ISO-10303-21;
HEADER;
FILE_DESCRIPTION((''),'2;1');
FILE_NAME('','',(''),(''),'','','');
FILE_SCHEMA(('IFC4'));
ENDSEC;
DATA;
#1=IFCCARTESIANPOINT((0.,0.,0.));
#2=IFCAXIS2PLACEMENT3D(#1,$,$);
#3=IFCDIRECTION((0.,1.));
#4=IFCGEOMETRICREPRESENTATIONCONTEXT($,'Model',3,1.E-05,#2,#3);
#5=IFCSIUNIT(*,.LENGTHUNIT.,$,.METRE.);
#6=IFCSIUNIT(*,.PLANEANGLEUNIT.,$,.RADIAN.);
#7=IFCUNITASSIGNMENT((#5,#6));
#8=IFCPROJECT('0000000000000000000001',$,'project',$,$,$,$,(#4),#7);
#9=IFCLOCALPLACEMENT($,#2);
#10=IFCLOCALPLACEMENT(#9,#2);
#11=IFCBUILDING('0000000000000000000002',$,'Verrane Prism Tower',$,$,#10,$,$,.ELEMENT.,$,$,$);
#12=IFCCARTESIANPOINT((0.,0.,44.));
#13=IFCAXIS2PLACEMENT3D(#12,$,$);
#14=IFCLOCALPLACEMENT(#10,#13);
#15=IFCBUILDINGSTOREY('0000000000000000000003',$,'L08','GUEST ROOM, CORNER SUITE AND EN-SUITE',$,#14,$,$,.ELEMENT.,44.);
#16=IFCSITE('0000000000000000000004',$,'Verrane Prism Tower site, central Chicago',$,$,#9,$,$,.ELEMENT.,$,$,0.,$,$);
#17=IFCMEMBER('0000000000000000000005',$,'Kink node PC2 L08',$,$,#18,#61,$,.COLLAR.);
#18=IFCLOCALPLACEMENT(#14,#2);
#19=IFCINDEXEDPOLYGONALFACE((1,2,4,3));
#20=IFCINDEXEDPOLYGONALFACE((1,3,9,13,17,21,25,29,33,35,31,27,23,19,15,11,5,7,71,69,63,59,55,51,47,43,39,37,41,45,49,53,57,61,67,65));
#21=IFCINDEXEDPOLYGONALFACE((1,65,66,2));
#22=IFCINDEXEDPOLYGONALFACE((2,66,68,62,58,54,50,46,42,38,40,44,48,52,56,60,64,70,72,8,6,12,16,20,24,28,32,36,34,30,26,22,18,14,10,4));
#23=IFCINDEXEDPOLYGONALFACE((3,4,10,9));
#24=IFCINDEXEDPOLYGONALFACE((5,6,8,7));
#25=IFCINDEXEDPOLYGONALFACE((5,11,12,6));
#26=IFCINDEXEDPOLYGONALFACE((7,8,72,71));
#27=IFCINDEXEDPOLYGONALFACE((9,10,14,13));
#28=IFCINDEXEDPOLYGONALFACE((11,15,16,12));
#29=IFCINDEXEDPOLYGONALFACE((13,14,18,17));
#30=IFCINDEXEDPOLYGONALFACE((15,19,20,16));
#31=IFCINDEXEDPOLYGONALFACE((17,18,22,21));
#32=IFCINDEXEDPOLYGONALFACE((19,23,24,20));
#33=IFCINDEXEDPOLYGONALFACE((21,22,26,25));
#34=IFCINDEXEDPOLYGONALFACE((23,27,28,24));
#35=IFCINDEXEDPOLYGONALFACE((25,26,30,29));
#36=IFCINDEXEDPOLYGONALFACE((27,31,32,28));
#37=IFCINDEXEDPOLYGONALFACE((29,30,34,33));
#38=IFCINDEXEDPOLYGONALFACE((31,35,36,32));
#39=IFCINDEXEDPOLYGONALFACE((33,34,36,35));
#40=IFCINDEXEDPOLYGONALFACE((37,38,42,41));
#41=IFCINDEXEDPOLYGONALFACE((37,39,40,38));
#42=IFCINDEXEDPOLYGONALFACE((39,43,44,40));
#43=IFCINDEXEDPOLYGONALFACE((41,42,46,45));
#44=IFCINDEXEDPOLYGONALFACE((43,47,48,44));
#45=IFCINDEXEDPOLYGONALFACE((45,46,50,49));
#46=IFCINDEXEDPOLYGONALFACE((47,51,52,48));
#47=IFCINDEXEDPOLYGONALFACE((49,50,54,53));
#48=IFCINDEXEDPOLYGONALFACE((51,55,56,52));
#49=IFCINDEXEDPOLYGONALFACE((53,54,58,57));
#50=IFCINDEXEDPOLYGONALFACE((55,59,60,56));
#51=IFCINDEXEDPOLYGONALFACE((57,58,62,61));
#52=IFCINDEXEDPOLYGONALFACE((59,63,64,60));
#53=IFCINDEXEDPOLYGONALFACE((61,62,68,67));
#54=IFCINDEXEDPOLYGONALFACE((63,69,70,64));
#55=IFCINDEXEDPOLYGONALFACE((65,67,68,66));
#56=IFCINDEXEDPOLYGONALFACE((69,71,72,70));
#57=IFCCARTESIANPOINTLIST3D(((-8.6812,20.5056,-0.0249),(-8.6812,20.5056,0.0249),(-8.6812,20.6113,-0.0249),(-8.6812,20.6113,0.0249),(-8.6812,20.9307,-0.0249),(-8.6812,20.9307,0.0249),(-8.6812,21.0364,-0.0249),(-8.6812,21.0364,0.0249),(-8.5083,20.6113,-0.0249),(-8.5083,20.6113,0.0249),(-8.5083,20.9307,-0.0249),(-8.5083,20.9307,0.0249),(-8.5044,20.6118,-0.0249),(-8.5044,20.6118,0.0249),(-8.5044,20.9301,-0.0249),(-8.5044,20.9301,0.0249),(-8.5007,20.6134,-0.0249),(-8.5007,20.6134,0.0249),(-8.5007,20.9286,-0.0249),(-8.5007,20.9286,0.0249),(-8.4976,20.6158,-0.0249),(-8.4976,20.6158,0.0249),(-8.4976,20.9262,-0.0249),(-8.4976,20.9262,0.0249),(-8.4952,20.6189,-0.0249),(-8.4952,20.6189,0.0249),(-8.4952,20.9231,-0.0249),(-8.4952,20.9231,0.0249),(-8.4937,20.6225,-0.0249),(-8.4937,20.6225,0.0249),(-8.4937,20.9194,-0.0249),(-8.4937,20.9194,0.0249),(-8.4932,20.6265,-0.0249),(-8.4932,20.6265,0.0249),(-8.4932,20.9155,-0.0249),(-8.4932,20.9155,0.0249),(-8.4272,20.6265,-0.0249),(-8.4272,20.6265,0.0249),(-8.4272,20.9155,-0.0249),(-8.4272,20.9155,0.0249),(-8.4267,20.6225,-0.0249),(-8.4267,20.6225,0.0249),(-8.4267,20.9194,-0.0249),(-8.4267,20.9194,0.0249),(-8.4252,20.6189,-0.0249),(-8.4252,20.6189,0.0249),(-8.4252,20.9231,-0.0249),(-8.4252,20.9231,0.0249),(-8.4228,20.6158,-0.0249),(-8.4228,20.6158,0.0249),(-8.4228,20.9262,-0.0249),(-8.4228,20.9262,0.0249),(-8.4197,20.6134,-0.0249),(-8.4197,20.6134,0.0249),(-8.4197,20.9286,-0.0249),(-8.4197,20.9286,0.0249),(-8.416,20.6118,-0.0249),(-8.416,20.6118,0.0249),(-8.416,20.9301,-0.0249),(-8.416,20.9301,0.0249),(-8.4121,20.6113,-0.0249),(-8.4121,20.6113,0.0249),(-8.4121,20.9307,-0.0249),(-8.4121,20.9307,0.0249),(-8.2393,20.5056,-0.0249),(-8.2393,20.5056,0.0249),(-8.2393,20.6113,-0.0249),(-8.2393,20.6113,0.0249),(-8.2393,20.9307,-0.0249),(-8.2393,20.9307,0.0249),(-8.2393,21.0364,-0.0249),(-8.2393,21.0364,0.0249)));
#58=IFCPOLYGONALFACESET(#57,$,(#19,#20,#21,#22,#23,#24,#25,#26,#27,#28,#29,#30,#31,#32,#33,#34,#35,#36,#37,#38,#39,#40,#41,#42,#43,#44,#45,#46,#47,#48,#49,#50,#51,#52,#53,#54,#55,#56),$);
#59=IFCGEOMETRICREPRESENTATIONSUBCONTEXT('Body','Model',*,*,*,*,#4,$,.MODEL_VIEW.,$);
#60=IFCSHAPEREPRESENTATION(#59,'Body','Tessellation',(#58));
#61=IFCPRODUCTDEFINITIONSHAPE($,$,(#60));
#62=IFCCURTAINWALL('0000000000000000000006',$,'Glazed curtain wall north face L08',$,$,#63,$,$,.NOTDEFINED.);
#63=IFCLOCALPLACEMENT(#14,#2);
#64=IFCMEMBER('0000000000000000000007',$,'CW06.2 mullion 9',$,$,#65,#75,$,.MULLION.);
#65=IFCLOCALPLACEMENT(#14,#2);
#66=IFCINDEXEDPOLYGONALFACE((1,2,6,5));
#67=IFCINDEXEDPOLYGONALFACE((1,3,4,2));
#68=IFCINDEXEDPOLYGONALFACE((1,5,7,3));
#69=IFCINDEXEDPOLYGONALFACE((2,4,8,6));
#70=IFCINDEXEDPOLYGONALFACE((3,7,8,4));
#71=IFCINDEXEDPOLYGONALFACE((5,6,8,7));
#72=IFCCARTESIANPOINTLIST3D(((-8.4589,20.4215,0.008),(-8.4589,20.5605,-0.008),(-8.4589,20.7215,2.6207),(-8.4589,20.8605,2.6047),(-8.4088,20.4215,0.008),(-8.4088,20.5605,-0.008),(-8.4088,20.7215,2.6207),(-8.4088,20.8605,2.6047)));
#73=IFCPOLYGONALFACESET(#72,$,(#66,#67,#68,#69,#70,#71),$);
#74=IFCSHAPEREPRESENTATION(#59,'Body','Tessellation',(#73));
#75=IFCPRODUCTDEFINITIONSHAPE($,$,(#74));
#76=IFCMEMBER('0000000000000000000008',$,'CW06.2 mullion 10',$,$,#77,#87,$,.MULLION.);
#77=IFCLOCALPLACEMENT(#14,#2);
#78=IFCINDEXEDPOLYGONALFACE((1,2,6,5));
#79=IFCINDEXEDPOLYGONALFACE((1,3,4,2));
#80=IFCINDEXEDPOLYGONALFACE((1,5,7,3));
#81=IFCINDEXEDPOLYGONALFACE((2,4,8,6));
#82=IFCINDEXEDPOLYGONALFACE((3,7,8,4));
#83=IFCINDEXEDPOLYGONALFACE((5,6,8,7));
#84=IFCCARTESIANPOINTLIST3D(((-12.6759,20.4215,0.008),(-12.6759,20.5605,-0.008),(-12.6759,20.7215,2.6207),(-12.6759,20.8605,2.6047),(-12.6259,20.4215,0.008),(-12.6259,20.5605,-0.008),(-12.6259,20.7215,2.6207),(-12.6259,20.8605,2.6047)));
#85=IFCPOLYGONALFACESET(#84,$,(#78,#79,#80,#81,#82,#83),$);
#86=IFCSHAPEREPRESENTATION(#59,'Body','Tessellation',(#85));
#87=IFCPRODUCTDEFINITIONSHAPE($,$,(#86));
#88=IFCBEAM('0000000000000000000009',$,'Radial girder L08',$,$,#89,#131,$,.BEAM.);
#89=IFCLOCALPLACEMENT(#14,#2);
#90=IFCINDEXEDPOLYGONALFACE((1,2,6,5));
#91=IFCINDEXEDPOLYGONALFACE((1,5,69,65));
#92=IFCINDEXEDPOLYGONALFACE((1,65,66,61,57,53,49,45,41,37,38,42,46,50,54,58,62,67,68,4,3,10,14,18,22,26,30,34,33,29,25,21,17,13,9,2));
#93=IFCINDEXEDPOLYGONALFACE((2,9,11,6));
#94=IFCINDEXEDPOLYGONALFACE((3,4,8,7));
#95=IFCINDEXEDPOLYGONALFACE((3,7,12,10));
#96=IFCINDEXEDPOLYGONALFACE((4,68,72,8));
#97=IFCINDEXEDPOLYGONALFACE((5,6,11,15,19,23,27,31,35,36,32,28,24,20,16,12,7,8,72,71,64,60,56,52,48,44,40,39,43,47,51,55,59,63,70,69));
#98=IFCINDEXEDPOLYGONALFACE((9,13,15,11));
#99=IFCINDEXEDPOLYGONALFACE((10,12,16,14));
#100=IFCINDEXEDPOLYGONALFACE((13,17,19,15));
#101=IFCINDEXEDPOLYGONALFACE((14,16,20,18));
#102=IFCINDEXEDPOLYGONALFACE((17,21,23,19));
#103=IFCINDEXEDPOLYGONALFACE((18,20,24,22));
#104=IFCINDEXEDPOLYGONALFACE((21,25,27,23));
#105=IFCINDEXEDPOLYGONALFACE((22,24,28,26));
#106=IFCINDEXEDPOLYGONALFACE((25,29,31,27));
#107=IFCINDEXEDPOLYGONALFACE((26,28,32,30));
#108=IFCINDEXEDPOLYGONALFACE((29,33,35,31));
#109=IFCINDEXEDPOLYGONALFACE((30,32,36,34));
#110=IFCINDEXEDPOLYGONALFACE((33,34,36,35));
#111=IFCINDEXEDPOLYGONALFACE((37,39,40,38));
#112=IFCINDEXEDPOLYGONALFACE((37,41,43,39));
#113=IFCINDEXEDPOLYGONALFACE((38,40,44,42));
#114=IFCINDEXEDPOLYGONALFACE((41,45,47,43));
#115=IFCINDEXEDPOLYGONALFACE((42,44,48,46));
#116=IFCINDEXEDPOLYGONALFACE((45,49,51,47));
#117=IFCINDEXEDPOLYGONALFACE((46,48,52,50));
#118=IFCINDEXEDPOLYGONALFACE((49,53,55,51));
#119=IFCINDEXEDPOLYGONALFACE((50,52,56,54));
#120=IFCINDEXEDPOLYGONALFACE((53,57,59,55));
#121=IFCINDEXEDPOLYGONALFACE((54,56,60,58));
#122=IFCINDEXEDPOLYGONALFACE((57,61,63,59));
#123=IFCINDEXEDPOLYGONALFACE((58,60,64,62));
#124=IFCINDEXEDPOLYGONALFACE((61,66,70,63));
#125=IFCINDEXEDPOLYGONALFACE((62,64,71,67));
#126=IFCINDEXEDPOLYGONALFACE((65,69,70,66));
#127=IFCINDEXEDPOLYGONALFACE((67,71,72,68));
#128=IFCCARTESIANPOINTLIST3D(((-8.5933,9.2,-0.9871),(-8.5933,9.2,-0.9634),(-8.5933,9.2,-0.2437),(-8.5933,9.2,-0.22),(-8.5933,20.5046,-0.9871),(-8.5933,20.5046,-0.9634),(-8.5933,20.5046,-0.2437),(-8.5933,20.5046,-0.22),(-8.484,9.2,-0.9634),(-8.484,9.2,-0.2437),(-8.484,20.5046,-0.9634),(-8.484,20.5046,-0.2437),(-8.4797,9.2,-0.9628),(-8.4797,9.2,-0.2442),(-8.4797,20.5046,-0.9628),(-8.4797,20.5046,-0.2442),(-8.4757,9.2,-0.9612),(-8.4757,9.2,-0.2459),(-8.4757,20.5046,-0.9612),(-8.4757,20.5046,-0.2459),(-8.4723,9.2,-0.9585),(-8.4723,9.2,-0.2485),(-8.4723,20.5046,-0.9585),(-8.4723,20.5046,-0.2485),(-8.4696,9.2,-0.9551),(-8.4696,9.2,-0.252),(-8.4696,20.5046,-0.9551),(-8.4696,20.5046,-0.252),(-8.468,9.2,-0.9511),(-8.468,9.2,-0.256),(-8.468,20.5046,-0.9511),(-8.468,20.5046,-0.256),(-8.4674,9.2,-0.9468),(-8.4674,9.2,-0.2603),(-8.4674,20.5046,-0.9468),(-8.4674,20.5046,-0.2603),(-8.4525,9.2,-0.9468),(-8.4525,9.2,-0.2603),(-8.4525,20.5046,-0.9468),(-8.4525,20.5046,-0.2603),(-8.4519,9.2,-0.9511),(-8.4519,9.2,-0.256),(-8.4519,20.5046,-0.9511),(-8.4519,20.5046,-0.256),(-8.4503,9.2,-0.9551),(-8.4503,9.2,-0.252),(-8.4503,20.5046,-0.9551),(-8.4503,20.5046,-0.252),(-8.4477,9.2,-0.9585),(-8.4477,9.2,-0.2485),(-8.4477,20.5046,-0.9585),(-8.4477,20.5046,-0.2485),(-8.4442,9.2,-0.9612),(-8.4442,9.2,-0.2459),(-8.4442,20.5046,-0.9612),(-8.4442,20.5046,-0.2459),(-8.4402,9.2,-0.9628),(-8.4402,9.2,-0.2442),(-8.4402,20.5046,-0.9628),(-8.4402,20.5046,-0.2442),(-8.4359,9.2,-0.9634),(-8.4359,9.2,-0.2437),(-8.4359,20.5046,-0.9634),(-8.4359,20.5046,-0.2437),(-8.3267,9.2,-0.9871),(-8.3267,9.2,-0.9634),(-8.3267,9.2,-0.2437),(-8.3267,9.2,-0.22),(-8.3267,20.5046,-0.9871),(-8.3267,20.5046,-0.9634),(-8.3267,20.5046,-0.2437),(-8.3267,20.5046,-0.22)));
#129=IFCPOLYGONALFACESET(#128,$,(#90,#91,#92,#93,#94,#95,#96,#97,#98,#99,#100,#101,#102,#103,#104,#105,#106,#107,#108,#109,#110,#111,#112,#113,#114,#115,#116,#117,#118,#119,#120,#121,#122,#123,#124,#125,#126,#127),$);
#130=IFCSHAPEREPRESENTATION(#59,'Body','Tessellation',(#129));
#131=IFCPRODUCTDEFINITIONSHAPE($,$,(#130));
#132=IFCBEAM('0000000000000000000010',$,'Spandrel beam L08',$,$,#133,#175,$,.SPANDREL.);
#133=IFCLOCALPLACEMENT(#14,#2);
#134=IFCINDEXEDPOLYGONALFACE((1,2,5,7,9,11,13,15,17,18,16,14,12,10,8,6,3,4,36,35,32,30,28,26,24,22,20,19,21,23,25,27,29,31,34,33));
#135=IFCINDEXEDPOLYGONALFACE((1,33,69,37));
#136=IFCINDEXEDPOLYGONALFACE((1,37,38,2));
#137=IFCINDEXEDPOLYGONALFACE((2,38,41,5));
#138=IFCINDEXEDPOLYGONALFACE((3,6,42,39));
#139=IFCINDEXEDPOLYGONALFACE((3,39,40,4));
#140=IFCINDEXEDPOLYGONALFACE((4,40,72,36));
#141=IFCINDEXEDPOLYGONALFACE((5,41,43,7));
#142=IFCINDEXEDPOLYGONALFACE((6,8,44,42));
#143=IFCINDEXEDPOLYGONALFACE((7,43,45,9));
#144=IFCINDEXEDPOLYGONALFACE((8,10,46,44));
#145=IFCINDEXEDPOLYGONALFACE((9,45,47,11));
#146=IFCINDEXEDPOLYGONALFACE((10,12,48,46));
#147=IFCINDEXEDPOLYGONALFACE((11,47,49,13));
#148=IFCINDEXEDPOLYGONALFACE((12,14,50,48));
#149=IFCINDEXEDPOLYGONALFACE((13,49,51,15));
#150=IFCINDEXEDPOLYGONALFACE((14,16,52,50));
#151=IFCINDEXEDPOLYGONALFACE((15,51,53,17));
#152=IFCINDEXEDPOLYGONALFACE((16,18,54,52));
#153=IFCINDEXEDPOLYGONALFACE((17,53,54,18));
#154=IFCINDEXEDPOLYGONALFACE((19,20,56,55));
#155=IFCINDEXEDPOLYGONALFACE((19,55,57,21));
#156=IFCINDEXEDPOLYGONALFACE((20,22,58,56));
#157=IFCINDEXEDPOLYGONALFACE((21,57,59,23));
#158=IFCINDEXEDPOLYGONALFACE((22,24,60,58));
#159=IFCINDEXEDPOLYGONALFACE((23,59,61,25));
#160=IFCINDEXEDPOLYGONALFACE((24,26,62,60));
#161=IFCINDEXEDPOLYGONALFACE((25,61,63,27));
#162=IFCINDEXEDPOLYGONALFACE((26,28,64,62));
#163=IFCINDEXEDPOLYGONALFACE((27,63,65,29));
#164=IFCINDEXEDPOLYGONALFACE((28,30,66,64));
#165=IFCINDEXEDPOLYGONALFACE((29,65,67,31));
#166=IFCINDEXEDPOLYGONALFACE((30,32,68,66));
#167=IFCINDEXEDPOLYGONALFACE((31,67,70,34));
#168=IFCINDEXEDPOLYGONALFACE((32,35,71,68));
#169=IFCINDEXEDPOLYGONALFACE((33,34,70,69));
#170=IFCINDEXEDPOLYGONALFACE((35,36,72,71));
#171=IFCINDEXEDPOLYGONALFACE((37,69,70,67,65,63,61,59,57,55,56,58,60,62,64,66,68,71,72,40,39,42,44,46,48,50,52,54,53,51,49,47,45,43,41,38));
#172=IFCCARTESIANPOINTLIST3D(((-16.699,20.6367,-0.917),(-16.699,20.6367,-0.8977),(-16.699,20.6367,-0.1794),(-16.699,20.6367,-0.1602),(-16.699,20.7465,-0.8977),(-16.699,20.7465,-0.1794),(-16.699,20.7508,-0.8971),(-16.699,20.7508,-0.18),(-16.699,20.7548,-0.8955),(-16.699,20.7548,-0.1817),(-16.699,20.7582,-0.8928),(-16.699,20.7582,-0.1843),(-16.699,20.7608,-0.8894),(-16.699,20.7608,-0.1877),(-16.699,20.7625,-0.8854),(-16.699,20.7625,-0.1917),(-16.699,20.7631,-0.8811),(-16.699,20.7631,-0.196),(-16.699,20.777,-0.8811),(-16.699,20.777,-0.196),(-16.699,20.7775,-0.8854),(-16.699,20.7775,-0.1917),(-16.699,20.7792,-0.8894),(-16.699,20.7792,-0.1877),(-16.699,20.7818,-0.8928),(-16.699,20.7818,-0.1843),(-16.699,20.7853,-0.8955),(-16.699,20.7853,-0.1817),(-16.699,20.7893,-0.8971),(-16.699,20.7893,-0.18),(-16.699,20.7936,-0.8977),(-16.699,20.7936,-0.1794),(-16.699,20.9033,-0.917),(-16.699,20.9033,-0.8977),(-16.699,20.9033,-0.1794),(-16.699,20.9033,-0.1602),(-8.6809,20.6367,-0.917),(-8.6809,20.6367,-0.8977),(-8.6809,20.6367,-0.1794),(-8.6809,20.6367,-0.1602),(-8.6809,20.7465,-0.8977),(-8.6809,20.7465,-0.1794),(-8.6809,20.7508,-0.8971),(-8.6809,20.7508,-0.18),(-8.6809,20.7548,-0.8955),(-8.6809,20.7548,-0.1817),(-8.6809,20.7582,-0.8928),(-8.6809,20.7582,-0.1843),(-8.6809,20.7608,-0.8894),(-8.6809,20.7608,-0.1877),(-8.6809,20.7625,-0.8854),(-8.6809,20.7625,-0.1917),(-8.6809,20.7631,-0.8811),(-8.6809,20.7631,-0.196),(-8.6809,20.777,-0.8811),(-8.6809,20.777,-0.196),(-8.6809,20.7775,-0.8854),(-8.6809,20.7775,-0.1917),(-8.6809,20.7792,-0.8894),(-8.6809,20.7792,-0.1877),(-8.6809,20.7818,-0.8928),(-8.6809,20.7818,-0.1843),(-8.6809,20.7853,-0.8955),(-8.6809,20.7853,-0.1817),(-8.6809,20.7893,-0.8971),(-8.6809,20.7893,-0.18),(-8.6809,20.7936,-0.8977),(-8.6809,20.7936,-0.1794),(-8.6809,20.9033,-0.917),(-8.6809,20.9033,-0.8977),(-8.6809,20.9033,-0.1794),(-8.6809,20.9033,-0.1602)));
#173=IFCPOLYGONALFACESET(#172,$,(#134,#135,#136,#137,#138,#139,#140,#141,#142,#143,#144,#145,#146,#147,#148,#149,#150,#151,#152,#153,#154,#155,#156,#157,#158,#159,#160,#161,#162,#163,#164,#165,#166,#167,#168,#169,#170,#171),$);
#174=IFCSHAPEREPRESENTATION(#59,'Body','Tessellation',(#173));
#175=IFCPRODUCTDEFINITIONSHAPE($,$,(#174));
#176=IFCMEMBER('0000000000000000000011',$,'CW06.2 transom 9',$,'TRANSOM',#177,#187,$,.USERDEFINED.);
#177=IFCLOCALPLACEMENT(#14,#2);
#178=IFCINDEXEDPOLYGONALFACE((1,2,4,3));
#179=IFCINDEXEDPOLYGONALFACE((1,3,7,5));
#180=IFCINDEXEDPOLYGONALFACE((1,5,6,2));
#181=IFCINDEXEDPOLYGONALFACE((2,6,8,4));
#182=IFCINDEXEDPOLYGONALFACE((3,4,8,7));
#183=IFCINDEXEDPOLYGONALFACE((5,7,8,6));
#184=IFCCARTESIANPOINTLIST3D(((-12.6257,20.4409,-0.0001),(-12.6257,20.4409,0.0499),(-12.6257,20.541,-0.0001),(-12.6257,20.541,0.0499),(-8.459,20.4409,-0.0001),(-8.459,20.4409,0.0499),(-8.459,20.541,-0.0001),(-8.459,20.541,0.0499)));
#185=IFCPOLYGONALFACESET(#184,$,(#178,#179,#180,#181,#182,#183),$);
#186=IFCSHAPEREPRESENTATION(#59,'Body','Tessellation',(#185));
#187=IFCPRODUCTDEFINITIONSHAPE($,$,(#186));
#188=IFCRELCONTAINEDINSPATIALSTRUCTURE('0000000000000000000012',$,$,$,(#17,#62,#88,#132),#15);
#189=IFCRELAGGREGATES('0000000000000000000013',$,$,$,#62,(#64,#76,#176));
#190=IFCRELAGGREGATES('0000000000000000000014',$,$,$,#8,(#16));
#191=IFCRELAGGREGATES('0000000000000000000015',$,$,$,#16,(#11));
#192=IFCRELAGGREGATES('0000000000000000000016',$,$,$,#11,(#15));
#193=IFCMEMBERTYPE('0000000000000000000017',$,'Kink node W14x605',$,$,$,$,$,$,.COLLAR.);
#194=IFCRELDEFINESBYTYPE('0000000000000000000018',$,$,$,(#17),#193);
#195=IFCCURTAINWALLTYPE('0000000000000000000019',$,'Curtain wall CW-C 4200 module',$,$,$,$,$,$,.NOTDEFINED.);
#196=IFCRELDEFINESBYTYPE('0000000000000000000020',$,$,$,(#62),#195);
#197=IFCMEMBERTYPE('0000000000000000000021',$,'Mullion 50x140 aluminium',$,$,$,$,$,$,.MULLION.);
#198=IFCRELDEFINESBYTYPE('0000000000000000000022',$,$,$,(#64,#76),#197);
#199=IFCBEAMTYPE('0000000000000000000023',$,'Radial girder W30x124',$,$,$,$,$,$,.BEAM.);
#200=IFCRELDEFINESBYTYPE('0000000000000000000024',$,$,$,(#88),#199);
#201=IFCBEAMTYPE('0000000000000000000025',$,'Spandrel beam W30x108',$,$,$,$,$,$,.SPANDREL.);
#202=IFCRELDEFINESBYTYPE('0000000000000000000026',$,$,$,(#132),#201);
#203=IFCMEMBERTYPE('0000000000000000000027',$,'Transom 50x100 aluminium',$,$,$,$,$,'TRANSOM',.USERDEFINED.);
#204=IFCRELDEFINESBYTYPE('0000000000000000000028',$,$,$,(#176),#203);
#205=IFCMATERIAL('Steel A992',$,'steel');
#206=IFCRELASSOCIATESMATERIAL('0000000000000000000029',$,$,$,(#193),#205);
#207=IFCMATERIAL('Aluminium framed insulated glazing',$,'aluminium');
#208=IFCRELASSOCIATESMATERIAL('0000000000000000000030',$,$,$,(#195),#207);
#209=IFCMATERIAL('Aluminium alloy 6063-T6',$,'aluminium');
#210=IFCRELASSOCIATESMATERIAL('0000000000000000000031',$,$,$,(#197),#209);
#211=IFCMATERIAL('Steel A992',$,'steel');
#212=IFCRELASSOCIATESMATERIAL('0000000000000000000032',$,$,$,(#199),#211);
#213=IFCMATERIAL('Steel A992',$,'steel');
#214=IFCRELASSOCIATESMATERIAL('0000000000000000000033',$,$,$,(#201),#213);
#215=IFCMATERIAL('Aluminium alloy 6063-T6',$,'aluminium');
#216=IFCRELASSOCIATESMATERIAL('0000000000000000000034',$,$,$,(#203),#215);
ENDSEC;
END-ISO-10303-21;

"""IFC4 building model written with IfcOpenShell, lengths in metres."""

from ifc_helpers import new_model, si_unit, direction, frame, origin, origin_2d, place, context, subcontext, project, spatial, rectangle, i_section, extrude, material, material_profile, profile_set, type_object, element, aggregate, save


model = new_model("IFC4")

# Units and contexts
model_context = context("Model", 3, precision=1e-05, world=origin(), true_north=direction((0.0, 1.0)))
body_context = subcontext(model_context, "Body", "Model", "MODEL_VIEW")
ifc_project = project(units=[si_unit("LENGTHUNIT", "METRE"), si_unit("PLANEANGLEUNIT", "RADIAN")], contexts=[model_context])

# Site, building, storey
site_placement = place(None, origin())
site = spatial("IfcSite", under=ifc_project, at=site_placement, Name="Verrane Prism Tower site, central Chicago", CompositionType="ELEMENT", RefElevation=0.0)
building_placement = place(site_placement, origin())
building = spatial("IfcBuilding", under=site, at=building_placement, Name="Verrane Prism Tower", CompositionType="ELEMENT")
storey_placement = place(building_placement, frame((0.0, 0.0, 44.0)))
storey = spatial("IfcBuildingStorey", under=building, at=storey_placement, Name="L08", Description="GUEST ROOM, CORNER SUITE AND EN-SUITE", CompositionType="ELEMENT", Elevation=44.0)

# Member
ifc_material_1 = material(Name="Steel A992", Category="steel")
ifc_material_profile_1 = material_profile(ifc_material_1, i_section(OverallWidth=0.4419, OverallDepth=0.5308, WebThickness=0.0659, FlangeThickness=0.1057, FilletRadius=0.0151, at=origin_2d()), Name="W14x605")
ifc_profile_set_1 = profile_set([ifc_material_profile_1], Name="Steel A992")
member_type_1 = type_object("IfcMemberType", Name="Kink node W14x605", PredefinedType="COLLAR", material=ifc_profile_set_1)
member_1_placement = place(storey_placement, frame((-8.4602, 20.771, -0.0249), z_axis=(0.0, 0.0, 1.0), x_axis=(1.0, 0.0, 0.0)))
element("IfcMember", 1, at=member_1_placement, inside=storey, type_object=member_type_1, Name="Kink node PC2 L08", PredefinedType="COLLAR", context=body_context, shape_type="SweptSolid", body=[
    extrude(i_section(OverallWidth=0.4419, OverallDepth=0.5308, WebThickness=0.0659, FlangeThickness=0.1057, FilletRadius=0.0151, at=origin_2d()), origin(), (0.0, 0.0, 1.0), 0.0498),
])

# Curtain wall, members
ifc_material_2 = material(Name="Aluminium framed insulated glazing", Category="aluminium")
curtain_wall_type = type_object("IfcCurtainWallType", Name="Curtain wall CW-C 4200 module", PredefinedType="NOTDEFINED", material=ifc_material_2)
curtain_wall_placement = place(storey_placement, origin())
curtain_wall = element("IfcCurtainWall", 2, at=curtain_wall_placement, inside=storey, type_object=curtain_wall_type, Name="Glazed curtain wall north face L08", PredefinedType="NOTDEFINED")
ifc_material_3 = material(Name="Aluminium alloy 6063-T6", Category="aluminium")
ifc_material_profile_2 = material_profile(ifc_material_3, rectangle(XDim=0.1399, YDim=0.05, at=origin_2d()), Name="Mullion 50x140 aluminium")
ifc_profile_set_2 = profile_set([ifc_material_profile_2], Name="Aluminium alloy 6063-T6")
member_type_2 = type_object("IfcMemberType", Name="Mullion 50x140 aluminium", PredefinedType="MULLION", material=ifc_profile_set_2)
member_2_placement = place(storey_placement, frame((-8.4338, 20.491, 0.0), z_axis=(0.0, 0.114089, 0.993471), x_axis=(0.0, 0.993471, -0.114089)))
member_2 = element("IfcMember", 3, at=member_2_placement, type_object=member_type_2, Name="CW06.2 mullion 9", PredefinedType="MULLION", context=body_context, shape_type="SweptSolid", body=[
    extrude(rectangle(XDim=0.1399, YDim=0.05, at=origin_2d()), origin(), (0.0, 0.0, 1.0), 2.6299),
])
member_3_placement = place(storey_placement, frame((-12.6509, 20.491, 0.0), z_axis=(0.0, 0.114089, 0.993471), x_axis=(0.0, 0.993471, -0.114089)))
member_3 = element("IfcMember", 4, at=member_3_placement, type_object=member_type_2, Name="CW06.2 mullion 10", PredefinedType="MULLION", context=body_context, shape_type="SweptSolid", body=[
    extrude(rectangle(XDim=0.1399, YDim=0.05, at=origin_2d()), origin(), (0.0, 0.0, 1.0), 2.6299),
])

# Beams
ifc_material_4 = material(Name="Steel A992", Category="steel")
ifc_material_profile_3 = material_profile(ifc_material_4, i_section(OverallWidth=0.2666, OverallDepth=0.7671, WebThickness=0.0149, FlangeThickness=0.0237, FilletRadius=0.0166, at=origin_2d()), Name="W30x124")
ifc_profile_set_3 = profile_set([ifc_material_profile_3], Name="Steel A992")
beam_type_1 = type_object("IfcBeamType", Name="Radial girder W30x124", PredefinedType="BEAM", material=ifc_profile_set_3)
beam_1_placement = place(storey_placement, frame((-8.46, 20.5046, -0.6035), z_axis=(0.0, -1.0, 0.0), x_axis=(1.0, 0.0, 0.0)))
element("IfcBeam", 5, at=beam_1_placement, inside=storey, type_object=beam_type_1, Name="Radial girder L08", PredefinedType="BEAM", context=body_context, shape_type="SweptSolid", body=[
    extrude(i_section(OverallWidth=0.2666, OverallDepth=0.7671, WebThickness=0.0149, FlangeThickness=0.0237, FilletRadius=0.0166, at=origin_2d()), origin(), (0.0, 0.0, 1.0), 11.3047),
])
ifc_material_5 = material(Name="Steel A992", Category="steel")
ifc_material_profile_4 = material_profile(ifc_material_5, i_section(OverallWidth=0.2666, OverallDepth=0.7568, WebThickness=0.0139, FlangeThickness=0.0193, FilletRadius=0.0166, at=origin_2d()), Name="W30x108")
ifc_profile_set_4 = profile_set([ifc_material_profile_4], Name="Steel A992")
beam_type_2 = type_object("IfcBeamType", Name="Spandrel beam W30x108", PredefinedType="SPANDREL", material=ifc_profile_set_4)
beam_2_placement = place(storey_placement, frame((-8.6809, 20.77, -0.5386), z_axis=(-1.0, 0.0, 0.0), x_axis=(0.0, -1.0, 0.0)))
element("IfcBeam", 6, at=beam_2_placement, inside=storey, type_object=beam_type_2, Name="Spandrel beam L08", PredefinedType="SPANDREL", context=body_context, shape_type="SweptSolid", body=[
    extrude(i_section(OverallWidth=0.2666, OverallDepth=0.7568, WebThickness=0.0139, FlangeThickness=0.0193, FilletRadius=0.0166, at=origin_2d()), origin(), (0.0, 0.0, 1.0), 8.0181),
])

# Member
ifc_material_6 = material(Name="Aluminium alloy 6063-T6", Category="aluminium")
ifc_material_profile_5 = material_profile(ifc_material_6, rectangle(XDim=0.1001, YDim=0.05, at=origin_2d()), Name="Transom 50x100 aluminium")
ifc_profile_set_5 = profile_set([ifc_material_profile_5], Name="Aluminium alloy 6063-T6")
member_type_3 = type_object("IfcMemberType", Name="Transom 50x100 aluminium", ElementType="TRANSOM", PredefinedType="USERDEFINED", material=ifc_profile_set_5)
member_4_placement = place(storey_placement, frame((-8.459, 20.491, 0.0249), z_axis=(-1.0, 0.0, 0.0), x_axis=(0.0, -1.0, 0.0)))
member_4 = element("IfcMember", 7, at=member_4_placement, type_object=member_type_3, Name="CW06.2 transom 9", ObjectType="TRANSOM", PredefinedType="USERDEFINED", context=body_context, shape_type="SweptSolid", body=[
    extrude(rectangle(XDim=0.1001, YDim=0.05, at=origin_2d()), origin(), (0.0, 0.0, 1.0), 4.1667),
])

aggregate(curtain_wall, [member_2, member_3, member_4])

save(model, "model.ifc")
